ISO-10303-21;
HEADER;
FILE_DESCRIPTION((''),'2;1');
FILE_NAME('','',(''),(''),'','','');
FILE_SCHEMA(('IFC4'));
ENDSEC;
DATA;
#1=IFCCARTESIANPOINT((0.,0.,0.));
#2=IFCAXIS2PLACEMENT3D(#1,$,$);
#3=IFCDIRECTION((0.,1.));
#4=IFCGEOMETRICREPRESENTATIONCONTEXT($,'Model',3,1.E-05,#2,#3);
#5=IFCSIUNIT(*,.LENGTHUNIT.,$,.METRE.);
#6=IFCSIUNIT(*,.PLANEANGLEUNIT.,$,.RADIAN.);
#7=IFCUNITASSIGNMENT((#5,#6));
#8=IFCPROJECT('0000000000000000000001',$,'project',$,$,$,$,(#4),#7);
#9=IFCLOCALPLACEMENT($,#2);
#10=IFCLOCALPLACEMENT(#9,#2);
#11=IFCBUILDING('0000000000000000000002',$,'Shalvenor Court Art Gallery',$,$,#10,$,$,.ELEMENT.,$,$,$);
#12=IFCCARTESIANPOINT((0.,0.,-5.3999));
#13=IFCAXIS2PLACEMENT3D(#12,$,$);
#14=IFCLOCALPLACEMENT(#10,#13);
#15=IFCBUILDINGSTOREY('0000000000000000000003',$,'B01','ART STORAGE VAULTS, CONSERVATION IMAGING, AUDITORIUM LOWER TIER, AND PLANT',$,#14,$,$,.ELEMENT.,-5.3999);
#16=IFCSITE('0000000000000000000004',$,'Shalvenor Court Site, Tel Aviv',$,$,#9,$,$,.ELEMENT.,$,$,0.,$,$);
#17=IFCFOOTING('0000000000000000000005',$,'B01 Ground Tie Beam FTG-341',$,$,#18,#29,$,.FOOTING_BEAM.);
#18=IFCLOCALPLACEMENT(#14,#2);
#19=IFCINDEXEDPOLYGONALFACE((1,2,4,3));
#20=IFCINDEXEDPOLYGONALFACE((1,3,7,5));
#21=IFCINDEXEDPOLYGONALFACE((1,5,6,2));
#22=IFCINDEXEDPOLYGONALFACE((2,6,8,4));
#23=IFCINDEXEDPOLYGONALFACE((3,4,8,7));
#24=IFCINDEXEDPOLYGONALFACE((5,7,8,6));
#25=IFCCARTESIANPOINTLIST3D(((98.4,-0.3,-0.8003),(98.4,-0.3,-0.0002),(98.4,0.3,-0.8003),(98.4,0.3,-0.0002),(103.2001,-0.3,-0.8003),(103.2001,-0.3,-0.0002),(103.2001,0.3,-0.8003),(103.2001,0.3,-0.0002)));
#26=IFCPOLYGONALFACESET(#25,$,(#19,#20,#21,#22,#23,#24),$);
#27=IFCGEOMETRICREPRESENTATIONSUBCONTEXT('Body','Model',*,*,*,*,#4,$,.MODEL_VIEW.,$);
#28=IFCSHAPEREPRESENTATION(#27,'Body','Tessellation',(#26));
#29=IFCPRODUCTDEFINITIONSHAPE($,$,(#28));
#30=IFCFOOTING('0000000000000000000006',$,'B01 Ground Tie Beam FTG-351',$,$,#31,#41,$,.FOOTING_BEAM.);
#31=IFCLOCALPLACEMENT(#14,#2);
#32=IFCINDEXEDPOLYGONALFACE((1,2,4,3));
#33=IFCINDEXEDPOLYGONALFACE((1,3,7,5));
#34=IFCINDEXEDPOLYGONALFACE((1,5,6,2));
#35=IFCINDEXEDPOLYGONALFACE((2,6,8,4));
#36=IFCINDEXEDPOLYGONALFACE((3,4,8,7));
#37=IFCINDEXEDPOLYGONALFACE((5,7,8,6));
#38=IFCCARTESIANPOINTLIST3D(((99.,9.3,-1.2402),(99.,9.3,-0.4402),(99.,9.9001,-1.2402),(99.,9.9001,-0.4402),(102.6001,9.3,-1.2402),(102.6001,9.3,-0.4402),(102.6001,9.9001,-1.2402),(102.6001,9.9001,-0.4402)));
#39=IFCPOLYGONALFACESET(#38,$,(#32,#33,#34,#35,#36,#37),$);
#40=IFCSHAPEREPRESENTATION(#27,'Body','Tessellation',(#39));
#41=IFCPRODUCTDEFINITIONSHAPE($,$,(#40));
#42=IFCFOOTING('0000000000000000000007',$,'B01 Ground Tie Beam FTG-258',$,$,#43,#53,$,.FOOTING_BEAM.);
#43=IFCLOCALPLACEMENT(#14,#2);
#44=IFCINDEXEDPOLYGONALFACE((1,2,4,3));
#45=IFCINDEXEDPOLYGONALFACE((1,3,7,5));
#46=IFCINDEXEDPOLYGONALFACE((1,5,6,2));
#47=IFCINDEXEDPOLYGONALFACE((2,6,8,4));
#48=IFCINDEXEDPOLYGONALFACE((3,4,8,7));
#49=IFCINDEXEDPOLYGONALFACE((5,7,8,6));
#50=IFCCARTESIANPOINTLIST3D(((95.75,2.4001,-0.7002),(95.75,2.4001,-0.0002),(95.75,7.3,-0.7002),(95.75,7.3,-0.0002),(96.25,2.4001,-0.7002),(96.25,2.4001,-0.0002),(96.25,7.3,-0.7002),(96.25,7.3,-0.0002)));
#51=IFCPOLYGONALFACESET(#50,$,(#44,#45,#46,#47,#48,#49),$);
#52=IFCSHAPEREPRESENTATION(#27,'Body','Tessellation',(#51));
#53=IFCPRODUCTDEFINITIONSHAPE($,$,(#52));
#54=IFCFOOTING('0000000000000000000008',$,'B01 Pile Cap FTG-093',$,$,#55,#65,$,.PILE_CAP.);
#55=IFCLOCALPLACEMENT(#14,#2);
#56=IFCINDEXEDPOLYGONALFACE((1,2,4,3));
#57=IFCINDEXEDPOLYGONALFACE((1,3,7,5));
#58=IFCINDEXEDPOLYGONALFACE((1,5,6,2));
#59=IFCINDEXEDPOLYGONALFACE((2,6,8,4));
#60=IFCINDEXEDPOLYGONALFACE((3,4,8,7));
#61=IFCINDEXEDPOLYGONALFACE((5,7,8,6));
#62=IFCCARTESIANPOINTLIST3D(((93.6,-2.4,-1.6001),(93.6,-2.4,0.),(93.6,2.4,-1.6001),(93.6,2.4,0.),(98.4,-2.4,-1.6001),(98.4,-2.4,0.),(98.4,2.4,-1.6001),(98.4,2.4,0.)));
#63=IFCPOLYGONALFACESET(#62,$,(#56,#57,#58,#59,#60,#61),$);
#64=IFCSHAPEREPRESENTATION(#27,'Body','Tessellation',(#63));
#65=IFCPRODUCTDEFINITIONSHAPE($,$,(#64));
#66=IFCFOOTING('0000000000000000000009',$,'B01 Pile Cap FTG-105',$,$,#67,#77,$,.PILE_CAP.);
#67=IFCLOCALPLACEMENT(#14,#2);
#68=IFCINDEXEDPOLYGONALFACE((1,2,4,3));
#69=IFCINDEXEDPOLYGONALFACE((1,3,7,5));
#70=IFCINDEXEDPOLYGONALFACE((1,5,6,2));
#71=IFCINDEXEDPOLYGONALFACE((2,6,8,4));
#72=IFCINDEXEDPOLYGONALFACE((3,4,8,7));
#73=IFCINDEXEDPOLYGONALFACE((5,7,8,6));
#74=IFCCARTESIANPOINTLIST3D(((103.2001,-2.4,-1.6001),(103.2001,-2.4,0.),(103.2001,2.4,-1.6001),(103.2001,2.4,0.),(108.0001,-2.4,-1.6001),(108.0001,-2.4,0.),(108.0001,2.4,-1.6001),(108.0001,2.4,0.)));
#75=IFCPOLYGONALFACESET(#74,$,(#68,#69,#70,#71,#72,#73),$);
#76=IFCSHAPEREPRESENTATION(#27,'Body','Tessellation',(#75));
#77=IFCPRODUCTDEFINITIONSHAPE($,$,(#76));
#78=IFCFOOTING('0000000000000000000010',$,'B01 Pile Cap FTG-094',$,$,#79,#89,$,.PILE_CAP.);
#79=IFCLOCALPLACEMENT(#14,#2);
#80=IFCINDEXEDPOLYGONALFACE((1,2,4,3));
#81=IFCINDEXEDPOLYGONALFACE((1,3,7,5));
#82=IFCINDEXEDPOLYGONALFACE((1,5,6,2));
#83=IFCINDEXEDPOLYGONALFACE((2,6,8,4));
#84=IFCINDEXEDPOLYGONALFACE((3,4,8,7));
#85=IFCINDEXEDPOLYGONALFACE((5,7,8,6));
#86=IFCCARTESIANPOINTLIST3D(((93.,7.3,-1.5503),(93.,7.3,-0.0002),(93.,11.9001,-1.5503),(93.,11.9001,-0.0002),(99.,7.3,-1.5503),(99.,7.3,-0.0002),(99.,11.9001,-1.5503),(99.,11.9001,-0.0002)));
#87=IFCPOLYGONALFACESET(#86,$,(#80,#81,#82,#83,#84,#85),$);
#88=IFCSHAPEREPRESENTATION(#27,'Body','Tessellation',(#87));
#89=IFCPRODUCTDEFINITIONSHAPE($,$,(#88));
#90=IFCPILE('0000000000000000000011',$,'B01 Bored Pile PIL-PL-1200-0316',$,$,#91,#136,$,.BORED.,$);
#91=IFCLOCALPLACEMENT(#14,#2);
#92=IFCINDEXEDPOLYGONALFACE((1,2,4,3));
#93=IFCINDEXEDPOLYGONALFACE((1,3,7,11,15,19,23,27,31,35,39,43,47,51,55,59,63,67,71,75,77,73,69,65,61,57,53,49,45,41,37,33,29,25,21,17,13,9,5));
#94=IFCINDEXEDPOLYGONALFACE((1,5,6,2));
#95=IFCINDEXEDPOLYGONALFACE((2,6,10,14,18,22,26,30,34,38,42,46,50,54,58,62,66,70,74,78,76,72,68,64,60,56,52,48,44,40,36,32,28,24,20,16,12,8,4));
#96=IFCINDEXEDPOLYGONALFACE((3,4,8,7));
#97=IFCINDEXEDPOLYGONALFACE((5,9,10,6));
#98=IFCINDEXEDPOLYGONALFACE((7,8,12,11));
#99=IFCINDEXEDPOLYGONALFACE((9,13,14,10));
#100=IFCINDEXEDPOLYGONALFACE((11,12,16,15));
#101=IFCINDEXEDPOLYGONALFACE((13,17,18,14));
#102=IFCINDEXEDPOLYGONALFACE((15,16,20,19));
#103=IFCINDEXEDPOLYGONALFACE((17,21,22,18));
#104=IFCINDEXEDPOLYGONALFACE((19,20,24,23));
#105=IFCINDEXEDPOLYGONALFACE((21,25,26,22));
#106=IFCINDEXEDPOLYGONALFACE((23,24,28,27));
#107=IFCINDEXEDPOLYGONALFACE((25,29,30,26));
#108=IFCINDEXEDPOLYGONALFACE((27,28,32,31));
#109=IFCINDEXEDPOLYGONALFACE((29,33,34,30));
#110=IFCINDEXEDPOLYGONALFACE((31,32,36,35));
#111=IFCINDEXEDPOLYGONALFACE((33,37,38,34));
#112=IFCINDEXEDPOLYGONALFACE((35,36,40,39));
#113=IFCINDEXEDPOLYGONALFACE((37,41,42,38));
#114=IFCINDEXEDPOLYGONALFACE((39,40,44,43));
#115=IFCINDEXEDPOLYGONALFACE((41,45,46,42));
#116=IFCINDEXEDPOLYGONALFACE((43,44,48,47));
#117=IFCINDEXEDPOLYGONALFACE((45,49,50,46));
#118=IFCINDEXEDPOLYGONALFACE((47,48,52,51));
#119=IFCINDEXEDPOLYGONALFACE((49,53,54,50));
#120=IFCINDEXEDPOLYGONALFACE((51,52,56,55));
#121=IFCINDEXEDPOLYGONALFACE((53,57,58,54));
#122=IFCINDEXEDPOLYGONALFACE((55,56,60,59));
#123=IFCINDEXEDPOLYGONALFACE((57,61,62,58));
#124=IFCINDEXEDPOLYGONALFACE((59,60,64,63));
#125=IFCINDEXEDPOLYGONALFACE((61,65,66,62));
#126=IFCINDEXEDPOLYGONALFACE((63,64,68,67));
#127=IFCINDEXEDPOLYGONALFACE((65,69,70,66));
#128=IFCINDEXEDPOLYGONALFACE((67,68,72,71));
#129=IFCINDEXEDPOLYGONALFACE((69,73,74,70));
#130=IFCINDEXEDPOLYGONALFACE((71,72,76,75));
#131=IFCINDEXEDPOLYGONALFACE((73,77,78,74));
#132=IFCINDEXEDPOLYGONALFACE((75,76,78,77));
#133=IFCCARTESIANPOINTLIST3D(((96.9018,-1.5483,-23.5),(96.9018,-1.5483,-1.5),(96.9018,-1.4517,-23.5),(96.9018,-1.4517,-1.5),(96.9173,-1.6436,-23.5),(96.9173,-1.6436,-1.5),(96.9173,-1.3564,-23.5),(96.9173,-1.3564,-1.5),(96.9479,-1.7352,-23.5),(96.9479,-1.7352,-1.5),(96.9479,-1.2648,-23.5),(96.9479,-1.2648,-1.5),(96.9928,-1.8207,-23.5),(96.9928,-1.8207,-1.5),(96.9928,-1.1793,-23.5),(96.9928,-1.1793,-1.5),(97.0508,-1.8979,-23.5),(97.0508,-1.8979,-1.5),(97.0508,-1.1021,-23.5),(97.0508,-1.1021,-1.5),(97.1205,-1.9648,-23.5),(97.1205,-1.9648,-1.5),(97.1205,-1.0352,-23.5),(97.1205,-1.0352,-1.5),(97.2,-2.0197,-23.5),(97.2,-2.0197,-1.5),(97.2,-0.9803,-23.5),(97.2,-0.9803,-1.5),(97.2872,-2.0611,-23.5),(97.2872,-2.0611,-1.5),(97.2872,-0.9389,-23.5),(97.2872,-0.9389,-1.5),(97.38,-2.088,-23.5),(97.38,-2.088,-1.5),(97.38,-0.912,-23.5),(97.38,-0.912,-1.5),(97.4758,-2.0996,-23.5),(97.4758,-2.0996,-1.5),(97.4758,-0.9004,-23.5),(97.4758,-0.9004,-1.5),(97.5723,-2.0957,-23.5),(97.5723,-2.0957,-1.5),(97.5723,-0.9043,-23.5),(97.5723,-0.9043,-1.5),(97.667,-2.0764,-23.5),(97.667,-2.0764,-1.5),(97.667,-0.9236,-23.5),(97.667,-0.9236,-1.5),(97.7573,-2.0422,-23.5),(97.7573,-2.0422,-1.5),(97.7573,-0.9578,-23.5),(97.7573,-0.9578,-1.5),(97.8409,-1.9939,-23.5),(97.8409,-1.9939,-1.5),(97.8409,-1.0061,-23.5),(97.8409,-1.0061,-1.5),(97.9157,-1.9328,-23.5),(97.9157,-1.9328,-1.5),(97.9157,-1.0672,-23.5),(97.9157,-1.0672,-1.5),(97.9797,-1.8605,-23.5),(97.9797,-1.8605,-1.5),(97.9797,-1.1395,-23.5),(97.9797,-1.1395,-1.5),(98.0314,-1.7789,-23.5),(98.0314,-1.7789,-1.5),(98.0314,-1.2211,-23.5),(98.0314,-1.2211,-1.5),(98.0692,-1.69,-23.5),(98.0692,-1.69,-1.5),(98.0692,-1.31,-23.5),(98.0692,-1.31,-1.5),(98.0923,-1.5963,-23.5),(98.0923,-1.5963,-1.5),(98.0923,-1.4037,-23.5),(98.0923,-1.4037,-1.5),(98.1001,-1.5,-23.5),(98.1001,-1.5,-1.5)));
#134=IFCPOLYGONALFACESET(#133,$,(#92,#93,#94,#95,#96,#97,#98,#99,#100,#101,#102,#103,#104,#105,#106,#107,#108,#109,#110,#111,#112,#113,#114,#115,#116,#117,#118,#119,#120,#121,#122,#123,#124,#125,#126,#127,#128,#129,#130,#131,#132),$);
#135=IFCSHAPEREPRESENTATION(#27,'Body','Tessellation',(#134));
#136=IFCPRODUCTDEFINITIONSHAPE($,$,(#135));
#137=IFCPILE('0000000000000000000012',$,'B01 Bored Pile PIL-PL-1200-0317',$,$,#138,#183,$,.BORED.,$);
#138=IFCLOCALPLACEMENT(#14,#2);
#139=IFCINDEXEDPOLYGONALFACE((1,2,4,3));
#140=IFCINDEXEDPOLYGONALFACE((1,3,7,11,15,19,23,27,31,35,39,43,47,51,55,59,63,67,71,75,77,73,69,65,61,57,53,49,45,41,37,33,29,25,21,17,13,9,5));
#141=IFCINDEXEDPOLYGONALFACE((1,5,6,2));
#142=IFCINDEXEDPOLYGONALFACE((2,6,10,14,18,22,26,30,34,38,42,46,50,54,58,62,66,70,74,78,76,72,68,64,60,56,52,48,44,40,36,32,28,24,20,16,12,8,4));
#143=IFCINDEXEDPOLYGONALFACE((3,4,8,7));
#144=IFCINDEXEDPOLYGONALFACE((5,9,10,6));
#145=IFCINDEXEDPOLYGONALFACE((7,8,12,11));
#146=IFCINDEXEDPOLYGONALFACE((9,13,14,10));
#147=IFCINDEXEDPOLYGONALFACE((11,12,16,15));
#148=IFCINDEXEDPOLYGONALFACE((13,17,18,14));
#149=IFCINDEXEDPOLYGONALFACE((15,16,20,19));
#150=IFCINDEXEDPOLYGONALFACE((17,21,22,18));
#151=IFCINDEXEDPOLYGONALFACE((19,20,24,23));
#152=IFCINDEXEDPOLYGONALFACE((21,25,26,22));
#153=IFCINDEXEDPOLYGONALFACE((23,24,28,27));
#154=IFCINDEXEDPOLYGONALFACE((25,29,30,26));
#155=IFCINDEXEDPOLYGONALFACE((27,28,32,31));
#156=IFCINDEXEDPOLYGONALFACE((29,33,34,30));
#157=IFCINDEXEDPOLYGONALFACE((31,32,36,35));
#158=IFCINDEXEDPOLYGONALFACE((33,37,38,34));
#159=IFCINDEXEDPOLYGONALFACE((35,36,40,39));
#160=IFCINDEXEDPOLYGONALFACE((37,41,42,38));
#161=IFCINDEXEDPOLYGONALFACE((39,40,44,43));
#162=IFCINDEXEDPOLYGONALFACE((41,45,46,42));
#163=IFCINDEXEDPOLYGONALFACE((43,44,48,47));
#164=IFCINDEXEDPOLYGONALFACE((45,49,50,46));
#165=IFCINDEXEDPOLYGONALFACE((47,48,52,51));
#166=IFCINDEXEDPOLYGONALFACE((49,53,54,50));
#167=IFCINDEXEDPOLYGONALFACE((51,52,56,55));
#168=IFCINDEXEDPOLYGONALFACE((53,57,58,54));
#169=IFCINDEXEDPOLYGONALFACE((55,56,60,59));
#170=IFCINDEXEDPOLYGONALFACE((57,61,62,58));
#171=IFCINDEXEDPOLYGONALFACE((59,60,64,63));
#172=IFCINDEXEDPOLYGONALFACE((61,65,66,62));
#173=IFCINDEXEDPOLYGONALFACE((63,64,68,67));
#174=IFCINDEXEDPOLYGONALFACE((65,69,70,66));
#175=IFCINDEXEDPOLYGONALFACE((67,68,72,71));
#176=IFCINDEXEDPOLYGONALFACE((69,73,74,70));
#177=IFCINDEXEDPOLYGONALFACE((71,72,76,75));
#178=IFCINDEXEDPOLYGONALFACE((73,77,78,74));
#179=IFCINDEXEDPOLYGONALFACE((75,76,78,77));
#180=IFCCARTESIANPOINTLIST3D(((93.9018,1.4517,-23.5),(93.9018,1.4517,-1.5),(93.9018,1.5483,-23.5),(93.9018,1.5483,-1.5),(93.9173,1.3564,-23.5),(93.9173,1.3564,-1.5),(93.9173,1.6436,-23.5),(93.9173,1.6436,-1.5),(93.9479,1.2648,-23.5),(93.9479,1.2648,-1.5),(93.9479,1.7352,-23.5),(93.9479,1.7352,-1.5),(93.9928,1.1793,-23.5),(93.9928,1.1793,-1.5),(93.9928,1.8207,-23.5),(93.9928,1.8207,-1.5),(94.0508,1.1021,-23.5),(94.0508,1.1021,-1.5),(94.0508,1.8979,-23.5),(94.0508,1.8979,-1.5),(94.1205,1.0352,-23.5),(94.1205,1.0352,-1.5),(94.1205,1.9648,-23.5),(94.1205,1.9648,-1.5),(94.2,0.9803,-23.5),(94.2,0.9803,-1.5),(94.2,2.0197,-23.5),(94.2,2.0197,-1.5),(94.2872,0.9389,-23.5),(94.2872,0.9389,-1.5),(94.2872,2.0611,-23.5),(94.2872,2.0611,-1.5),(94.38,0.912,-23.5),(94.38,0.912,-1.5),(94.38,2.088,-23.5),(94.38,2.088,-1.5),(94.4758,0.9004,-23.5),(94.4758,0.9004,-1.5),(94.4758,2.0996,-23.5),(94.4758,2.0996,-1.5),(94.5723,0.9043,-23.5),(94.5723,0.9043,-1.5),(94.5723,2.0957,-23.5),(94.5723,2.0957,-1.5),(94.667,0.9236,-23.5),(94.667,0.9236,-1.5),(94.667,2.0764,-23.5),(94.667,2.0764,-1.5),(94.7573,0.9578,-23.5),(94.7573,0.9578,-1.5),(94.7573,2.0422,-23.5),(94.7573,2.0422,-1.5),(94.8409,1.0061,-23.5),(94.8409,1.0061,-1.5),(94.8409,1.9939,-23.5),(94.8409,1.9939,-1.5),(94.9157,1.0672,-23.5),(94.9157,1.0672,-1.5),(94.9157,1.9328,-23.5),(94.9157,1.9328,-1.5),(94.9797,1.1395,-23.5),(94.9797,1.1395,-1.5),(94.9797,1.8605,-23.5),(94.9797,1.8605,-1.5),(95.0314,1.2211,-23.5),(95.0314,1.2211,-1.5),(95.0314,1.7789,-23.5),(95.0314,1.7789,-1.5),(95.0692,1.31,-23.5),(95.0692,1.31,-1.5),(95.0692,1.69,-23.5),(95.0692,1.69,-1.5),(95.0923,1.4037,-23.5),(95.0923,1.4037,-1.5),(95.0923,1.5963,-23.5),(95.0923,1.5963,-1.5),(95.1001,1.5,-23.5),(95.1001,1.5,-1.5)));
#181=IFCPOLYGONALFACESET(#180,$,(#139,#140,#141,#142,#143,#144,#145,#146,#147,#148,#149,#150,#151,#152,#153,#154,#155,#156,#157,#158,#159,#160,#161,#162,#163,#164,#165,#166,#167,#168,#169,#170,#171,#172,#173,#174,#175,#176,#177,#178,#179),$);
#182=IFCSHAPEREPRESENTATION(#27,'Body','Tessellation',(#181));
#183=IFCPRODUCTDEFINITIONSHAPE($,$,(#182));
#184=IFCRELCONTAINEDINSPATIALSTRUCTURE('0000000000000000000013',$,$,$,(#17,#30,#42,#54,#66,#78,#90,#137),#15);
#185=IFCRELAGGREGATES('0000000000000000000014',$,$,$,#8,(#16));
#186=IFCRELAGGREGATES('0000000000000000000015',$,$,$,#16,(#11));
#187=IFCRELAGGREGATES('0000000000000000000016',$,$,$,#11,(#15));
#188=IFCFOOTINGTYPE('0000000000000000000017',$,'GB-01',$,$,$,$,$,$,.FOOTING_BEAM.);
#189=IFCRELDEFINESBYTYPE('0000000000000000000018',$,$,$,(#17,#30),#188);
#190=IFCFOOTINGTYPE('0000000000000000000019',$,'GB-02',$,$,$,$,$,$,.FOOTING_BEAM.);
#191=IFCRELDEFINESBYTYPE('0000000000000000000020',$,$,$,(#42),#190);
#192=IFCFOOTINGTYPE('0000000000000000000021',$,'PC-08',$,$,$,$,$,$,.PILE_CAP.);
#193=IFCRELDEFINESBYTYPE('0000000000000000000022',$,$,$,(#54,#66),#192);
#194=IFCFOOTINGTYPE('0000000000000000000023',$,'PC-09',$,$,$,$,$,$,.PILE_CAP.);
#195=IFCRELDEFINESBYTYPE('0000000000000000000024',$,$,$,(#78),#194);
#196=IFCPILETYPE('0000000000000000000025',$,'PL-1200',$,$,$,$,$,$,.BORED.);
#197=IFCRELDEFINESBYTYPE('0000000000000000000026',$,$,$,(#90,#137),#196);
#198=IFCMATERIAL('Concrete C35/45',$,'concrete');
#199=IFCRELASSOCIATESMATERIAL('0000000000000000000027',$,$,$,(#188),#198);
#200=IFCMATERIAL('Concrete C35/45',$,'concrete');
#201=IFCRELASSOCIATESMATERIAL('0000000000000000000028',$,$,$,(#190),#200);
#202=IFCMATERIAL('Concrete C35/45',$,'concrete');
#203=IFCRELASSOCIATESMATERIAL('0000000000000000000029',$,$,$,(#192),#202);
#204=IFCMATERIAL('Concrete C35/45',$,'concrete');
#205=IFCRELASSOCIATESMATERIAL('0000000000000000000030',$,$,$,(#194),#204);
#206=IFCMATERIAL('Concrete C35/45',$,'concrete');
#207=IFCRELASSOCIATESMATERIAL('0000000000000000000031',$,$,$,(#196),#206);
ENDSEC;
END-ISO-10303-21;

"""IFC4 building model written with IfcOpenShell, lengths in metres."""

from ifc_helpers import new_model, si_unit, direction, frame, origin, origin_2d, place, context, subcontext, project, spatial, rectangle, circle, extrude, material, material_profile, profile_set, type_object, element, save


model = new_model("IFC4")

# Units and contexts
model_context = context("Model", 3, precision=1e-05, world=origin(), true_north=direction((0.0, 1.0)))
body_context = subcontext(model_context, "Body", "Model", "MODEL_VIEW")
ifc_project = project(units=[si_unit("LENGTHUNIT", "METRE"), si_unit("PLANEANGLEUNIT", "RADIAN")], contexts=[model_context])

# Site, building, storey
site_placement = place(None, origin())
site = spatial("IfcSite", under=ifc_project, at=site_placement, Name="Shalvenor Court Site, Tel Aviv", CompositionType="ELEMENT", RefElevation=0.0)
building_placement = place(site_placement, origin())
building = spatial("IfcBuilding", under=site, at=building_placement, Name="Shalvenor Court Art Gallery", CompositionType="ELEMENT")
storey_placement = place(building_placement, frame((0.0, 0.0, -5.3999)))
storey = spatial("IfcBuildingStorey", under=building, at=storey_placement, Name="B01", Description="ART STORAGE VAULTS, CONSERVATION IMAGING, AUDITORIUM LOWER TIER, AND PLANT", CompositionType="ELEMENT", Elevation=-5.3999)

# Footings
ifc_material_1 = material(Name="Concrete C35/45", Category="concrete")
footing_type_1 = type_object("IfcFootingType", Name="GB-01", PredefinedType="FOOTING_BEAM", material=ifc_material_1)
footing_1_placement = place(storey_placement, frame((100.8, 0.0, -0.8003), z_axis=(0.0, 0.0, 1.0), x_axis=(1.0, 0.0, 0.0)))
element("IfcFooting", 1, at=footing_1_placement, inside=storey, type_object=footing_type_1, Name="B01 Ground Tie Beam FTG-341", PredefinedType="FOOTING_BEAM", context=body_context, shape_type="SweptSolid", body=[
    extrude(rectangle(XDim=4.8, YDim=0.6001, at=origin_2d()), origin(), (0.0, 0.0, 1.0), 0.8),
])
footing_2_placement = place(storey_placement, frame((100.8, 9.6001, -1.2402), z_axis=(0.0, 0.0, 1.0), x_axis=(1.0, 0.0, 0.0)))
element("IfcFooting", 2, at=footing_2_placement, inside=storey, type_object=footing_type_1, Name="B01 Ground Tie Beam FTG-351", PredefinedType="FOOTING_BEAM", context=body_context, shape_type="SweptSolid", body=[
    extrude(rectangle(XDim=3.6001, YDim=0.6001, at=origin_2d()), origin(), (0.0, 0.0, 1.0), 0.8),
])
ifc_material_2 = material(Name="Concrete C35/45", Category="concrete")
footing_type_2 = type_object("IfcFootingType", Name="GB-02", PredefinedType="FOOTING_BEAM", material=ifc_material_2)
footing_3_placement = place(storey_placement, frame((96.0, 4.8501, -0.7002), z_axis=(0.0, 0.0, 1.0), x_axis=(0.0, 1.0, 0.0)))
element("IfcFooting", 3, at=footing_3_placement, inside=storey, type_object=footing_type_2, Name="B01 Ground Tie Beam FTG-258", PredefinedType="FOOTING_BEAM", context=body_context, shape_type="SweptSolid", body=[
    extrude(rectangle(XDim=4.8999, YDim=0.5, at=origin_2d()), origin(), (0.0, 0.0, 1.0), 0.7),
])
ifc_material_3 = material(Name="Concrete C35/45", Category="concrete")
footing_type_3 = type_object("IfcFootingType", Name="PC-08", PredefinedType="PILE_CAP", material=ifc_material_3)
for number, where, z_axis, x_axis, name in (
    (4, (96.0, 0.0, -1.6001), (0.0, 0.0, 1.0), (1.0, 0.0, 0.0), "B01 Pile Cap FTG-093"),
    (5, (105.6001, 0.0, -1.6001), (0.0, 0.0, 1.0), (1.0, 0.0, 0.0), "B01 Pile Cap FTG-105"),
):
    element("IfcFooting", number, at=place(storey_placement, frame(where, z_axis=z_axis, x_axis=x_axis)), inside=storey, type_object=footing_type_3, Name=name, PredefinedType="PILE_CAP", context=body_context, shape_type="SweptSolid", body=[
        extrude(rectangle(XDim=4.8, YDim=4.8, at=origin_2d()), origin(), (0.0, 0.0, 1.0), 1.6001),
    ])
ifc_material_4 = material(Name="Concrete C35/45", Category="concrete")
footing_type_4 = type_object("IfcFootingType", Name="PC-09", PredefinedType="PILE_CAP", material=ifc_material_4)
footing_4_placement = place(storey_placement, frame((96.0, 9.6001, -1.5503), z_axis=(0.0, 0.0, 1.0), x_axis=(1.0, 0.0, 0.0)))
element("IfcFooting", 6, at=footing_4_placement, inside=storey, type_object=footing_type_4, Name="B01 Pile Cap FTG-094", PredefinedType="PILE_CAP", context=body_context, shape_type="SweptSolid", body=[
    extrude(rectangle(XDim=6.0, YDim=4.6001, at=origin_2d()), origin(), (0.0, 0.0, 1.0), 1.55),
])

# Piles
ifc_material_5 = material(Name="Concrete C35/45", Category="concrete")
ifc_material_profile_1 = material_profile(ifc_material_5, circle(Radius=0.6001, at=origin_2d()), Name="PILE 1200")
ifc_profile_set_1 = profile_set([ifc_material_profile_1], Name="Concrete C35/45")
pile_type = type_object("IfcPileType", Name="PL-1200", PredefinedType="BORED", material=ifc_profile_set_1)
for number, where, z_axis, x_axis, name in (
    (7, (97.5, -1.5, -1.5), (0.0, 0.0, -1.0), (1.0, 0.0, 0.0), "B01 Bored Pile PIL-PL-1200-0316"),
    (8, (94.5, 1.5, -1.5), (0.0, 0.0, -1.0), (1.0, 0.0, 0.0), "B01 Bored Pile PIL-PL-1200-0317"),
):
    element("IfcPile", number, at=place(storey_placement, frame(where, z_axis=z_axis, x_axis=x_axis)), inside=storey, type_object=pile_type, Name=name, PredefinedType="BORED", context=body_context, shape_type="SweptSolid", body=[
        extrude(circle(Radius=0.6001, at=origin_2d()), origin(), (0.0, 0.0, 1.0), 22.0),
    ])

save(model, "model.ifc")
